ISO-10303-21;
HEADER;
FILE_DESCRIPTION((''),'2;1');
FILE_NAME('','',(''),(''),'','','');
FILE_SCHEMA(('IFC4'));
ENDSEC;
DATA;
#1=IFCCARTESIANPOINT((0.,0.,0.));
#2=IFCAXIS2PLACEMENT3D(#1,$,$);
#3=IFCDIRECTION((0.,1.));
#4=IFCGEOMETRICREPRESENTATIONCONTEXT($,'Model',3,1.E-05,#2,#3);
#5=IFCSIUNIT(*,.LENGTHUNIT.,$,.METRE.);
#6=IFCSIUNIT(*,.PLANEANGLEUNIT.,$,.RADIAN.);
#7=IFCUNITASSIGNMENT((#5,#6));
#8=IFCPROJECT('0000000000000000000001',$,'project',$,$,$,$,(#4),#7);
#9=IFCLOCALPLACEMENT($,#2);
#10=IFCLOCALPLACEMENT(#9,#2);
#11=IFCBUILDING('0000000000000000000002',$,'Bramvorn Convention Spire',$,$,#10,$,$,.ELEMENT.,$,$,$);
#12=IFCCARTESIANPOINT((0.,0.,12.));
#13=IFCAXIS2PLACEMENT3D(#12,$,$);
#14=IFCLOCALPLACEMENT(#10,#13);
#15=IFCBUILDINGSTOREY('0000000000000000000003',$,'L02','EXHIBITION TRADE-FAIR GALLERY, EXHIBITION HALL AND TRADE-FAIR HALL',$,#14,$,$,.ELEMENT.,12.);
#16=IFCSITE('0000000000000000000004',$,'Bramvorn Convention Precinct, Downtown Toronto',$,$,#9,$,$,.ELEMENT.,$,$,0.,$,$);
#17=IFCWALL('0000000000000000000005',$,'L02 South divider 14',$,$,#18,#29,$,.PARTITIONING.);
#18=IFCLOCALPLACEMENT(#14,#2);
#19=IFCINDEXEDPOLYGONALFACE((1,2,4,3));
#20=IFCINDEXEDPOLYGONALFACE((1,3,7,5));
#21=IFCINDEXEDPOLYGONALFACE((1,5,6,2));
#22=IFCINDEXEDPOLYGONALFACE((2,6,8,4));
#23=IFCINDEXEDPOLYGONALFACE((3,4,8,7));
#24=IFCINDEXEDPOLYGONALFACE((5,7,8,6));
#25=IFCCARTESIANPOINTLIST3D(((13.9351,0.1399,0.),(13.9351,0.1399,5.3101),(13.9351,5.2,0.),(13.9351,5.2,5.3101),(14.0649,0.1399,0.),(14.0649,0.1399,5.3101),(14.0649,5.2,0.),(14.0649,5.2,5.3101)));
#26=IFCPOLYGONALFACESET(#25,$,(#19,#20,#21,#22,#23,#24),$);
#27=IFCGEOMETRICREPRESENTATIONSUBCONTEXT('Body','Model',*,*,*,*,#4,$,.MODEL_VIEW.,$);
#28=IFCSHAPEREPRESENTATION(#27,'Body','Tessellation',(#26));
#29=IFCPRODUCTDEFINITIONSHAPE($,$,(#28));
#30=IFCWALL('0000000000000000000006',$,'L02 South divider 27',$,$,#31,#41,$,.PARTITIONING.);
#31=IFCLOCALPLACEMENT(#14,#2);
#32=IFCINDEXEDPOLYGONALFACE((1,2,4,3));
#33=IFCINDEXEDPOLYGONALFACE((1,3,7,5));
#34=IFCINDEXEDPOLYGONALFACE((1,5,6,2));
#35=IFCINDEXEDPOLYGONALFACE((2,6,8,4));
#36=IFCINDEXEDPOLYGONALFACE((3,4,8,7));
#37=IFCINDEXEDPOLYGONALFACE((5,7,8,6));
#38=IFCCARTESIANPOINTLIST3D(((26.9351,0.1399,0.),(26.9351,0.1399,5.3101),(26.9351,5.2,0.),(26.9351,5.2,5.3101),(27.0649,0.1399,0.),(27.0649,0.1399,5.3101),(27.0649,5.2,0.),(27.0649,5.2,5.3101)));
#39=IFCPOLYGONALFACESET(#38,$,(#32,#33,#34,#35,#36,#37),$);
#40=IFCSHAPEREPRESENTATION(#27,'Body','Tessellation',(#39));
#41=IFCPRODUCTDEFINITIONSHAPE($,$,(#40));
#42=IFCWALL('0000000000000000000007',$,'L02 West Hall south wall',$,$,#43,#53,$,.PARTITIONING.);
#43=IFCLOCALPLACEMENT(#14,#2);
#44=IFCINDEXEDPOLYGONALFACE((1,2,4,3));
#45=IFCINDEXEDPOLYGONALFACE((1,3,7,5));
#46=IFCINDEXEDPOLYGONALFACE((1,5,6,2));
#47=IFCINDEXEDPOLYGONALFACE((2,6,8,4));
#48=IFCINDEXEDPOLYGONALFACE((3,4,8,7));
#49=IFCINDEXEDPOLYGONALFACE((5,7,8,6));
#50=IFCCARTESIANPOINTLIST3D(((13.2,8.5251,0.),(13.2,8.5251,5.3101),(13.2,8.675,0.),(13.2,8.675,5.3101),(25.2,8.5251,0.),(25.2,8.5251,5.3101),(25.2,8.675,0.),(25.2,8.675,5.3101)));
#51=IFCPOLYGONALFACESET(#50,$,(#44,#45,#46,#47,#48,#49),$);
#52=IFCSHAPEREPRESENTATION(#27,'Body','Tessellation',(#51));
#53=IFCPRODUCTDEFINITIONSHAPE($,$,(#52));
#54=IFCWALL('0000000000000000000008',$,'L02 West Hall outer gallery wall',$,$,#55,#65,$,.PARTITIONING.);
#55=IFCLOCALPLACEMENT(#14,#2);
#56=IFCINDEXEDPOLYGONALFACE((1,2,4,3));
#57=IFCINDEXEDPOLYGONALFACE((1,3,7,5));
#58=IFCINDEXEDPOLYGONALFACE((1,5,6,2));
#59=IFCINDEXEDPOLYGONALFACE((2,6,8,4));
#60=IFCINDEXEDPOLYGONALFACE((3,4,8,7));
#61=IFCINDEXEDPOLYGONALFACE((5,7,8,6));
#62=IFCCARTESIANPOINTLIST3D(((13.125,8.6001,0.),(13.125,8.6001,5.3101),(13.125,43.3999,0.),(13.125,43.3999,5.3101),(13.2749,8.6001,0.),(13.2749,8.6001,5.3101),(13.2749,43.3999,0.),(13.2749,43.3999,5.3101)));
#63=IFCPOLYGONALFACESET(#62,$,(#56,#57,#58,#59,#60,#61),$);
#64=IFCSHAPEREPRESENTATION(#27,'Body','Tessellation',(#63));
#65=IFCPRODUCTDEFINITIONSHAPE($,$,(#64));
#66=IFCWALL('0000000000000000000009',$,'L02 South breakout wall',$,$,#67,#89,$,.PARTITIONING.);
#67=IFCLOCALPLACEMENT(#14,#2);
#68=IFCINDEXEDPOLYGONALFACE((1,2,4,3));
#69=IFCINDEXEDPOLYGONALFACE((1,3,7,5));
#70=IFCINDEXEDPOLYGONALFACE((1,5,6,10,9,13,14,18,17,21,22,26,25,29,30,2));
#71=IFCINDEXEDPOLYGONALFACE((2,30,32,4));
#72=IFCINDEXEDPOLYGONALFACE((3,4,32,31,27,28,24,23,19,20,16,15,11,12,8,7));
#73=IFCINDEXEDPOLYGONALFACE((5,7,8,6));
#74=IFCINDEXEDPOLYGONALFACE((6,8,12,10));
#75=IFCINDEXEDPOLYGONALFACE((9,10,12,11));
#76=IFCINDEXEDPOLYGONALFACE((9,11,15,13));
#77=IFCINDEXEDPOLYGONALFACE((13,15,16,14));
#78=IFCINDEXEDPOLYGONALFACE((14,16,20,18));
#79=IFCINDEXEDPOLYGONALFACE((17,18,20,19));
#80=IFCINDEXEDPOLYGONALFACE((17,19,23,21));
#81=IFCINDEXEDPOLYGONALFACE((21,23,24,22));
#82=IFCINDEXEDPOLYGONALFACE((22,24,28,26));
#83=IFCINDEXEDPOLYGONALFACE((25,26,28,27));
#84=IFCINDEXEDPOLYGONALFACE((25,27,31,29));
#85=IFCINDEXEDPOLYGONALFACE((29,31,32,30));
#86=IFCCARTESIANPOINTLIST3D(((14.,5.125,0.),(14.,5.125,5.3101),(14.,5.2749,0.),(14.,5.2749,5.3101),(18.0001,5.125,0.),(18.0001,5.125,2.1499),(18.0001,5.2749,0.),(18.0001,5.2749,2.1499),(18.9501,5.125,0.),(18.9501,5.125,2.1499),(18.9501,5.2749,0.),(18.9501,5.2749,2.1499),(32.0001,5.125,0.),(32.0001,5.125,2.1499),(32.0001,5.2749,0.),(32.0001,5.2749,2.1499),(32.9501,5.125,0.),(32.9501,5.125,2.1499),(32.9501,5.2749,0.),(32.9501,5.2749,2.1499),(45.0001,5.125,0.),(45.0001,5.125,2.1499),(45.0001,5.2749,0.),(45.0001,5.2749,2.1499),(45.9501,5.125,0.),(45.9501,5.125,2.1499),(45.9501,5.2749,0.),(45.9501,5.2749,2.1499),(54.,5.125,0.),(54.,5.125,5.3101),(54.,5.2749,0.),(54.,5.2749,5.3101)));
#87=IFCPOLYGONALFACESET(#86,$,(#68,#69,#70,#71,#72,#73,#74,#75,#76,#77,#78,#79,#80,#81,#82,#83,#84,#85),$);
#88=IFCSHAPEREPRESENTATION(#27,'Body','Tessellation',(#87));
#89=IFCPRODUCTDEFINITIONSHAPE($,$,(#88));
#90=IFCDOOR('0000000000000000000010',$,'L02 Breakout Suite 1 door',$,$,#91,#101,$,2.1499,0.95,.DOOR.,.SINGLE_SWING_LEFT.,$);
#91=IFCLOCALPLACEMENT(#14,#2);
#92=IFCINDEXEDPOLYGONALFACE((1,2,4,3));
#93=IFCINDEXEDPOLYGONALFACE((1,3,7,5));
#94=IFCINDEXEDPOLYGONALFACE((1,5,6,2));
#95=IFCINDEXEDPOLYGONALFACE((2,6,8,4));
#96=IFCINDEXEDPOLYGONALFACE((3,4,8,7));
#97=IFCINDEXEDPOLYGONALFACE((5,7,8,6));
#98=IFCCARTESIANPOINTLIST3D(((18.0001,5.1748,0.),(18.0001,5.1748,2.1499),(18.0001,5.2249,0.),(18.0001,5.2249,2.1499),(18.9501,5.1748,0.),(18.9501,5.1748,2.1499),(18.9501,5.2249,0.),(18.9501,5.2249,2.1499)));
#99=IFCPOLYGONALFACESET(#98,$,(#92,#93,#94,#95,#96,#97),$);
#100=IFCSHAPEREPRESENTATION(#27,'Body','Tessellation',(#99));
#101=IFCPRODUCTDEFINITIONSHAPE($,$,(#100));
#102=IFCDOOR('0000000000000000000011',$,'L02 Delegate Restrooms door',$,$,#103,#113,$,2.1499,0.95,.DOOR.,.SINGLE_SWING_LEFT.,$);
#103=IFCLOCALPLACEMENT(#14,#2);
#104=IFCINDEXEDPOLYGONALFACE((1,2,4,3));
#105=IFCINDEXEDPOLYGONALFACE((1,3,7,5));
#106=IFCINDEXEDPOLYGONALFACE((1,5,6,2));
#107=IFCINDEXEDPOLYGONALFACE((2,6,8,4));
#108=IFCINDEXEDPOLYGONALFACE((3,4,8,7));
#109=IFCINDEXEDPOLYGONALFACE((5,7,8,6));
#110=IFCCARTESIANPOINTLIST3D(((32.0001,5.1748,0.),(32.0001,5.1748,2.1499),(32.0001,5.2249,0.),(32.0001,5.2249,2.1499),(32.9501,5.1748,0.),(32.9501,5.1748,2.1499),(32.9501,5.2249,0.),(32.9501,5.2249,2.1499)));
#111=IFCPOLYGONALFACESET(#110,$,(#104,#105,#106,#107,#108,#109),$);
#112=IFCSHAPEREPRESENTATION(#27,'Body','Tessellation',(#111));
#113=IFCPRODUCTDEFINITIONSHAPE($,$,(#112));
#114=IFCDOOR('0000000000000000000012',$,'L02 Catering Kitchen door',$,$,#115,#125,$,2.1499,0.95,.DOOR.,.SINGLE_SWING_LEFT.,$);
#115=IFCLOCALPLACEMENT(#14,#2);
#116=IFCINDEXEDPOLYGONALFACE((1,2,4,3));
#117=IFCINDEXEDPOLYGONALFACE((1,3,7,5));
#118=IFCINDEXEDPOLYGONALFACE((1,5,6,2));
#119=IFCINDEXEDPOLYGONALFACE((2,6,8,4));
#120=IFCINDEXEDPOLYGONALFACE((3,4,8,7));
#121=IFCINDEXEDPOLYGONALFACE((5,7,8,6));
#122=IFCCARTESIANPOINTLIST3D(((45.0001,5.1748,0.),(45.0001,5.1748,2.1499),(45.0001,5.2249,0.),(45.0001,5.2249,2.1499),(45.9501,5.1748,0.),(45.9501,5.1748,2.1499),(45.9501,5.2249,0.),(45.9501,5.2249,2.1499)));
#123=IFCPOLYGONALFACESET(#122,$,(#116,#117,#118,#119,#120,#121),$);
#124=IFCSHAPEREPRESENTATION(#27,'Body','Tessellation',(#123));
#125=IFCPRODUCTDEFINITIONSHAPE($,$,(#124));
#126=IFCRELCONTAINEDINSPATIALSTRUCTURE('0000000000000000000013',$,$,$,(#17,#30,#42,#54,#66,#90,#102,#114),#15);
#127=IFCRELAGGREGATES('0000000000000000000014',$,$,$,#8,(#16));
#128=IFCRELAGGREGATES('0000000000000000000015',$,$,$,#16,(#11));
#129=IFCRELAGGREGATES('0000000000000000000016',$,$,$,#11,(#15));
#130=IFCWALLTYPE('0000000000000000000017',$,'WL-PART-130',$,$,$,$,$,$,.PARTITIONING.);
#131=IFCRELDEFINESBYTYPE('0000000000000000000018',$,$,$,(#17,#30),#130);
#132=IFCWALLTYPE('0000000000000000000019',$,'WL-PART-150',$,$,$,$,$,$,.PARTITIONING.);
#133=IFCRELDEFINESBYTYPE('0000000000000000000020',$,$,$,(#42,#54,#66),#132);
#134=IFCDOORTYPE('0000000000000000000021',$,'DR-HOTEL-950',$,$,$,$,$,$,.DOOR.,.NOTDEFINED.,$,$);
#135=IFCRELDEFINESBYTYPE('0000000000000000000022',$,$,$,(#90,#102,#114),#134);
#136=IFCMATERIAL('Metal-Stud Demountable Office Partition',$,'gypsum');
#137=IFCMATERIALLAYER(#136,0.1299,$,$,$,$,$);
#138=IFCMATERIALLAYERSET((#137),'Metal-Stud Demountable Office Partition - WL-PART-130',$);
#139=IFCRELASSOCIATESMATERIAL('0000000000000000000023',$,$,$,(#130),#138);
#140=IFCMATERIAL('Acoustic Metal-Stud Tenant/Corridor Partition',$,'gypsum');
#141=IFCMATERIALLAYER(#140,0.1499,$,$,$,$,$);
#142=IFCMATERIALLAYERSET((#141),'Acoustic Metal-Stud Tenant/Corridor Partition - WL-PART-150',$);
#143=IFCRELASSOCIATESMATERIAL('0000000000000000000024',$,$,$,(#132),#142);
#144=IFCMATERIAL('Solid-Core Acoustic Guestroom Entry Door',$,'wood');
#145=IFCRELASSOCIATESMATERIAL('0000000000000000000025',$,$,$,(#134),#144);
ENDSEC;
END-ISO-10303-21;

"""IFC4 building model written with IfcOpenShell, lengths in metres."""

from ifc_helpers import new_model, si_unit, direction, frame, frame_2d, origin, place, context, subcontext, project, spatial, rectangle, extrude, material, layer, layer_set, type_object, element, fill, save


model = new_model("IFC4")

# Units and contexts
model_context = context("Model", 3, precision=1e-05, world=origin(), true_north=direction((0.0, 1.0)))
body_context = subcontext(model_context, "Body", "Model", "MODEL_VIEW")
ifc_project = project(units=[si_unit("LENGTHUNIT", "METRE"), si_unit("PLANEANGLEUNIT", "RADIAN")], contexts=[model_context])

# Site, building, storey
site_placement = place(None, origin())
site = spatial("IfcSite", under=ifc_project, at=site_placement, Name="Bramvorn Convention Precinct, Downtown Toronto", CompositionType="ELEMENT", RefElevation=0.0)
building_placement = place(site_placement, origin())
building = spatial("IfcBuilding", under=site, at=building_placement, Name="Bramvorn Convention Spire", CompositionType="ELEMENT")
storey_placement = place(building_placement, frame((0.0, 0.0, 12.0)))
storey = spatial("IfcBuildingStorey", under=building, at=storey_placement, Name="L02", Description="EXHIBITION TRADE-FAIR GALLERY, EXHIBITION HALL AND TRADE-FAIR HALL", CompositionType="ELEMENT", Elevation=12.0)

# Walls
ifc_material_1 = material(Name="Metal-Stud Demountable Office Partition", Category="gypsum")
ifc_layer_1 = layer(ifc_material_1, 0.1299)
ifc_layer_set_1 = layer_set([ifc_layer_1], Name="Metal-Stud Demountable Office Partition - WL-PART-130")
wall_type_1 = type_object("IfcWallType", Name="WL-PART-130", PredefinedType="PARTITIONING", material=ifc_layer_set_1)
for number, where, z_axis, x_axis, name in (
    (1, (14.0, 0.1399, 0.0), (0.0, 0.0, 1.0), (0.0, 1.0, 0.0), "L02 South divider 14"),
    (2, (27.0, 0.1399, 0.0), (0.0, 0.0, 1.0), (0.0, 1.0, 0.0), "L02 South divider 27"),
):
    element("IfcWall", number, at=place(storey_placement, frame(where, z_axis=z_axis, x_axis=x_axis)), inside=storey, type_object=wall_type_1, Name=name, PredefinedType="PARTITIONING", context=body_context, shape_type="SweptSolid", body=[
        extrude(rectangle(XDim=5.0601, YDim=0.1299, at=frame_2d((2.53, 0.0))), origin(), (0.0, 0.0, 1.0), 5.3101),
    ])
ifc_material_2 = material(Name="Acoustic Metal-Stud Tenant/Corridor Partition", Category="gypsum")
ifc_layer_2 = layer(ifc_material_2, 0.1499)
ifc_layer_set_2 = layer_set([ifc_layer_2], Name="Acoustic Metal-Stud Tenant/Corridor Partition - WL-PART-150")
wall_type_2 = type_object("IfcWallType", Name="WL-PART-150", PredefinedType="PARTITIONING", material=ifc_layer_set_2)
wall_1_placement = place(storey_placement, frame((13.2, 8.6001, 0.0), z_axis=(0.0, 0.0, 1.0), x_axis=(1.0, 0.0, 0.0)))
element("IfcWall", 3, at=wall_1_placement, inside=storey, type_object=wall_type_2, Name="L02 West Hall south wall", PredefinedType="PARTITIONING", context=body_context, shape_type="SweptSolid", body=[
    extrude(rectangle(XDim=12.0, YDim=0.1499, at=frame_2d((6.0, 0.0))), origin(), (0.0, 0.0, 1.0), 5.3101),
])
wall_2_placement = place(storey_placement, frame((13.2, 8.6001, 0.0), z_axis=(0.0, 0.0, 1.0), x_axis=(0.0, 1.0, 0.0)))
element("IfcWall", 4, at=wall_2_placement, inside=storey, type_object=wall_type_2, Name="L02 West Hall outer gallery wall", PredefinedType="PARTITIONING", context=body_context, shape_type="SweptSolid", body=[
    extrude(rectangle(XDim=34.7998, YDim=0.1499, at=frame_2d((17.3999, 0.0))), origin(), (0.0, 0.0, 1.0), 5.3101),
])

# Wall, openings, doors
wall_3_placement = place(storey_placement, frame((14.0, 5.2, 0.0), z_axis=(0.0, 0.0, 1.0), x_axis=(1.0, 0.0, 0.0)))
wall_3 = element("IfcWall", 5, at=wall_3_placement, inside=storey, type_object=wall_type_2, Name="L02 South breakout wall", PredefinedType="PARTITIONING", context=body_context, shape_type="SweptSolid", body=[
    extrude(rectangle(XDim=40.0, YDim=0.1499, at=frame_2d((20.0, 0.0))), origin(), (0.0, 0.0, 1.0), 5.3101),
])
opening_1_placement = place(wall_3_placement, frame((4.0, 0.0, 0.0)))
opening_1 = element("IfcOpeningElement", 6, at=opening_1_placement, cuts=wall_3, PredefinedType="OPENING", context=body_context, shape_type="SweptSolid", body=[
    extrude(rectangle(XDim=0.95, YDim=2.1499, at=frame_2d((0.4751, 1.075))), frame((0.0, 0.085, 0.0), z_axis=(0.0, -1.0, 0.0), x_axis=(1.0, 0.0, 0.0)), (0.0, 0.0, 1.0), 0.1699),
])
opening_2_placement = place(wall_3_placement, frame((18.0, 0.0, 0.0)))
opening_2 = element("IfcOpeningElement", 7, at=opening_2_placement, cuts=wall_3, PredefinedType="OPENING", context=body_context, shape_type="SweptSolid", body=[
    extrude(rectangle(XDim=0.95, YDim=2.1499, at=frame_2d((0.4751, 1.075))), frame((0.0, 0.085, 0.0), z_axis=(0.0, -1.0, 0.0), x_axis=(1.0, 0.0, 0.0)), (0.0, 0.0, 1.0), 0.1699),
])
opening_3_placement = place(wall_3_placement, frame((31.0, 0.0, 0.0)))
opening_3 = element("IfcOpeningElement", 8, at=opening_3_placement, cuts=wall_3, PredefinedType="OPENING", context=body_context, shape_type="SweptSolid", body=[
    extrude(rectangle(XDim=0.95, YDim=2.1499, at=frame_2d((0.4751, 1.075))), frame((0.0, 0.085, 0.0), z_axis=(0.0, -1.0, 0.0), x_axis=(1.0, 0.0, 0.0)), (0.0, 0.0, 1.0), 0.1699),
])
ifc_material_3 = material(Name="Solid-Core Acoustic Guestroom Entry Door", Category="wood")
door_type_1 = type_object("IfcDoorType", Name="DR-HOTEL-950", OperationType="NOTDEFINED", PredefinedType="DOOR", material=ifc_material_3)
door_1_placement = place(opening_1_placement, origin())
door_1 = element("IfcDoor", 9, at=door_1_placement, inside=storey, type_object=door_type_1, Name="L02 Breakout Suite 1 door", OperationType="SINGLE_SWING_LEFT", OverallHeight=2.1499, OverallWidth=0.95, PredefinedType="DOOR", context=body_context, shape_type="SweptSolid", body=[
    extrude(rectangle(XDim=0.95, YDim=2.1499, at=frame_2d((0.4751, 1.075))), frame((0.0, 0.0249, 0.0), z_axis=(0.0, -1.0, 0.0), x_axis=(1.0, 0.0, 0.0)), (0.0, 0.0, 1.0), 0.05),
])
fill(opening_1, door_1)
door_2_placement = place(opening_2_placement, origin())
door_2 = element("IfcDoor", 10, at=door_2_placement, inside=storey, type_object=door_type_1, Name="L02 Delegate Restrooms door", OperationType="SINGLE_SWING_LEFT", OverallHeight=2.1499, OverallWidth=0.95, PredefinedType="DOOR", context=body_context, shape_type="SweptSolid", body=[
    extrude(rectangle(XDim=0.95, YDim=2.1499, at=frame_2d((0.4751, 1.075))), frame((0.0, 0.0249, 0.0), z_axis=(0.0, -1.0, 0.0), x_axis=(1.0, 0.0, 0.0)), (0.0, 0.0, 1.0), 0.05),
])
fill(opening_2, door_2)
door_3_placement = place(opening_3_placement, origin())
door_3 = element("IfcDoor", 11, at=door_3_placement, inside=storey, type_object=door_type_1, Name="L02 Catering Kitchen door", OperationType="SINGLE_SWING_LEFT", OverallHeight=2.1499, OverallWidth=0.95, PredefinedType="DOOR", context=body_context, shape_type="SweptSolid", body=[
    extrude(rectangle(XDim=0.95, YDim=2.1499, at=frame_2d((0.4751, 1.075))), frame((0.0, 0.0249, 0.0), z_axis=(0.0, -1.0, 0.0), x_axis=(1.0, 0.0, 0.0)), (0.0, 0.0, 1.0), 0.05),
])
fill(opening_3, door_3)

save(model, "model.ifc")
